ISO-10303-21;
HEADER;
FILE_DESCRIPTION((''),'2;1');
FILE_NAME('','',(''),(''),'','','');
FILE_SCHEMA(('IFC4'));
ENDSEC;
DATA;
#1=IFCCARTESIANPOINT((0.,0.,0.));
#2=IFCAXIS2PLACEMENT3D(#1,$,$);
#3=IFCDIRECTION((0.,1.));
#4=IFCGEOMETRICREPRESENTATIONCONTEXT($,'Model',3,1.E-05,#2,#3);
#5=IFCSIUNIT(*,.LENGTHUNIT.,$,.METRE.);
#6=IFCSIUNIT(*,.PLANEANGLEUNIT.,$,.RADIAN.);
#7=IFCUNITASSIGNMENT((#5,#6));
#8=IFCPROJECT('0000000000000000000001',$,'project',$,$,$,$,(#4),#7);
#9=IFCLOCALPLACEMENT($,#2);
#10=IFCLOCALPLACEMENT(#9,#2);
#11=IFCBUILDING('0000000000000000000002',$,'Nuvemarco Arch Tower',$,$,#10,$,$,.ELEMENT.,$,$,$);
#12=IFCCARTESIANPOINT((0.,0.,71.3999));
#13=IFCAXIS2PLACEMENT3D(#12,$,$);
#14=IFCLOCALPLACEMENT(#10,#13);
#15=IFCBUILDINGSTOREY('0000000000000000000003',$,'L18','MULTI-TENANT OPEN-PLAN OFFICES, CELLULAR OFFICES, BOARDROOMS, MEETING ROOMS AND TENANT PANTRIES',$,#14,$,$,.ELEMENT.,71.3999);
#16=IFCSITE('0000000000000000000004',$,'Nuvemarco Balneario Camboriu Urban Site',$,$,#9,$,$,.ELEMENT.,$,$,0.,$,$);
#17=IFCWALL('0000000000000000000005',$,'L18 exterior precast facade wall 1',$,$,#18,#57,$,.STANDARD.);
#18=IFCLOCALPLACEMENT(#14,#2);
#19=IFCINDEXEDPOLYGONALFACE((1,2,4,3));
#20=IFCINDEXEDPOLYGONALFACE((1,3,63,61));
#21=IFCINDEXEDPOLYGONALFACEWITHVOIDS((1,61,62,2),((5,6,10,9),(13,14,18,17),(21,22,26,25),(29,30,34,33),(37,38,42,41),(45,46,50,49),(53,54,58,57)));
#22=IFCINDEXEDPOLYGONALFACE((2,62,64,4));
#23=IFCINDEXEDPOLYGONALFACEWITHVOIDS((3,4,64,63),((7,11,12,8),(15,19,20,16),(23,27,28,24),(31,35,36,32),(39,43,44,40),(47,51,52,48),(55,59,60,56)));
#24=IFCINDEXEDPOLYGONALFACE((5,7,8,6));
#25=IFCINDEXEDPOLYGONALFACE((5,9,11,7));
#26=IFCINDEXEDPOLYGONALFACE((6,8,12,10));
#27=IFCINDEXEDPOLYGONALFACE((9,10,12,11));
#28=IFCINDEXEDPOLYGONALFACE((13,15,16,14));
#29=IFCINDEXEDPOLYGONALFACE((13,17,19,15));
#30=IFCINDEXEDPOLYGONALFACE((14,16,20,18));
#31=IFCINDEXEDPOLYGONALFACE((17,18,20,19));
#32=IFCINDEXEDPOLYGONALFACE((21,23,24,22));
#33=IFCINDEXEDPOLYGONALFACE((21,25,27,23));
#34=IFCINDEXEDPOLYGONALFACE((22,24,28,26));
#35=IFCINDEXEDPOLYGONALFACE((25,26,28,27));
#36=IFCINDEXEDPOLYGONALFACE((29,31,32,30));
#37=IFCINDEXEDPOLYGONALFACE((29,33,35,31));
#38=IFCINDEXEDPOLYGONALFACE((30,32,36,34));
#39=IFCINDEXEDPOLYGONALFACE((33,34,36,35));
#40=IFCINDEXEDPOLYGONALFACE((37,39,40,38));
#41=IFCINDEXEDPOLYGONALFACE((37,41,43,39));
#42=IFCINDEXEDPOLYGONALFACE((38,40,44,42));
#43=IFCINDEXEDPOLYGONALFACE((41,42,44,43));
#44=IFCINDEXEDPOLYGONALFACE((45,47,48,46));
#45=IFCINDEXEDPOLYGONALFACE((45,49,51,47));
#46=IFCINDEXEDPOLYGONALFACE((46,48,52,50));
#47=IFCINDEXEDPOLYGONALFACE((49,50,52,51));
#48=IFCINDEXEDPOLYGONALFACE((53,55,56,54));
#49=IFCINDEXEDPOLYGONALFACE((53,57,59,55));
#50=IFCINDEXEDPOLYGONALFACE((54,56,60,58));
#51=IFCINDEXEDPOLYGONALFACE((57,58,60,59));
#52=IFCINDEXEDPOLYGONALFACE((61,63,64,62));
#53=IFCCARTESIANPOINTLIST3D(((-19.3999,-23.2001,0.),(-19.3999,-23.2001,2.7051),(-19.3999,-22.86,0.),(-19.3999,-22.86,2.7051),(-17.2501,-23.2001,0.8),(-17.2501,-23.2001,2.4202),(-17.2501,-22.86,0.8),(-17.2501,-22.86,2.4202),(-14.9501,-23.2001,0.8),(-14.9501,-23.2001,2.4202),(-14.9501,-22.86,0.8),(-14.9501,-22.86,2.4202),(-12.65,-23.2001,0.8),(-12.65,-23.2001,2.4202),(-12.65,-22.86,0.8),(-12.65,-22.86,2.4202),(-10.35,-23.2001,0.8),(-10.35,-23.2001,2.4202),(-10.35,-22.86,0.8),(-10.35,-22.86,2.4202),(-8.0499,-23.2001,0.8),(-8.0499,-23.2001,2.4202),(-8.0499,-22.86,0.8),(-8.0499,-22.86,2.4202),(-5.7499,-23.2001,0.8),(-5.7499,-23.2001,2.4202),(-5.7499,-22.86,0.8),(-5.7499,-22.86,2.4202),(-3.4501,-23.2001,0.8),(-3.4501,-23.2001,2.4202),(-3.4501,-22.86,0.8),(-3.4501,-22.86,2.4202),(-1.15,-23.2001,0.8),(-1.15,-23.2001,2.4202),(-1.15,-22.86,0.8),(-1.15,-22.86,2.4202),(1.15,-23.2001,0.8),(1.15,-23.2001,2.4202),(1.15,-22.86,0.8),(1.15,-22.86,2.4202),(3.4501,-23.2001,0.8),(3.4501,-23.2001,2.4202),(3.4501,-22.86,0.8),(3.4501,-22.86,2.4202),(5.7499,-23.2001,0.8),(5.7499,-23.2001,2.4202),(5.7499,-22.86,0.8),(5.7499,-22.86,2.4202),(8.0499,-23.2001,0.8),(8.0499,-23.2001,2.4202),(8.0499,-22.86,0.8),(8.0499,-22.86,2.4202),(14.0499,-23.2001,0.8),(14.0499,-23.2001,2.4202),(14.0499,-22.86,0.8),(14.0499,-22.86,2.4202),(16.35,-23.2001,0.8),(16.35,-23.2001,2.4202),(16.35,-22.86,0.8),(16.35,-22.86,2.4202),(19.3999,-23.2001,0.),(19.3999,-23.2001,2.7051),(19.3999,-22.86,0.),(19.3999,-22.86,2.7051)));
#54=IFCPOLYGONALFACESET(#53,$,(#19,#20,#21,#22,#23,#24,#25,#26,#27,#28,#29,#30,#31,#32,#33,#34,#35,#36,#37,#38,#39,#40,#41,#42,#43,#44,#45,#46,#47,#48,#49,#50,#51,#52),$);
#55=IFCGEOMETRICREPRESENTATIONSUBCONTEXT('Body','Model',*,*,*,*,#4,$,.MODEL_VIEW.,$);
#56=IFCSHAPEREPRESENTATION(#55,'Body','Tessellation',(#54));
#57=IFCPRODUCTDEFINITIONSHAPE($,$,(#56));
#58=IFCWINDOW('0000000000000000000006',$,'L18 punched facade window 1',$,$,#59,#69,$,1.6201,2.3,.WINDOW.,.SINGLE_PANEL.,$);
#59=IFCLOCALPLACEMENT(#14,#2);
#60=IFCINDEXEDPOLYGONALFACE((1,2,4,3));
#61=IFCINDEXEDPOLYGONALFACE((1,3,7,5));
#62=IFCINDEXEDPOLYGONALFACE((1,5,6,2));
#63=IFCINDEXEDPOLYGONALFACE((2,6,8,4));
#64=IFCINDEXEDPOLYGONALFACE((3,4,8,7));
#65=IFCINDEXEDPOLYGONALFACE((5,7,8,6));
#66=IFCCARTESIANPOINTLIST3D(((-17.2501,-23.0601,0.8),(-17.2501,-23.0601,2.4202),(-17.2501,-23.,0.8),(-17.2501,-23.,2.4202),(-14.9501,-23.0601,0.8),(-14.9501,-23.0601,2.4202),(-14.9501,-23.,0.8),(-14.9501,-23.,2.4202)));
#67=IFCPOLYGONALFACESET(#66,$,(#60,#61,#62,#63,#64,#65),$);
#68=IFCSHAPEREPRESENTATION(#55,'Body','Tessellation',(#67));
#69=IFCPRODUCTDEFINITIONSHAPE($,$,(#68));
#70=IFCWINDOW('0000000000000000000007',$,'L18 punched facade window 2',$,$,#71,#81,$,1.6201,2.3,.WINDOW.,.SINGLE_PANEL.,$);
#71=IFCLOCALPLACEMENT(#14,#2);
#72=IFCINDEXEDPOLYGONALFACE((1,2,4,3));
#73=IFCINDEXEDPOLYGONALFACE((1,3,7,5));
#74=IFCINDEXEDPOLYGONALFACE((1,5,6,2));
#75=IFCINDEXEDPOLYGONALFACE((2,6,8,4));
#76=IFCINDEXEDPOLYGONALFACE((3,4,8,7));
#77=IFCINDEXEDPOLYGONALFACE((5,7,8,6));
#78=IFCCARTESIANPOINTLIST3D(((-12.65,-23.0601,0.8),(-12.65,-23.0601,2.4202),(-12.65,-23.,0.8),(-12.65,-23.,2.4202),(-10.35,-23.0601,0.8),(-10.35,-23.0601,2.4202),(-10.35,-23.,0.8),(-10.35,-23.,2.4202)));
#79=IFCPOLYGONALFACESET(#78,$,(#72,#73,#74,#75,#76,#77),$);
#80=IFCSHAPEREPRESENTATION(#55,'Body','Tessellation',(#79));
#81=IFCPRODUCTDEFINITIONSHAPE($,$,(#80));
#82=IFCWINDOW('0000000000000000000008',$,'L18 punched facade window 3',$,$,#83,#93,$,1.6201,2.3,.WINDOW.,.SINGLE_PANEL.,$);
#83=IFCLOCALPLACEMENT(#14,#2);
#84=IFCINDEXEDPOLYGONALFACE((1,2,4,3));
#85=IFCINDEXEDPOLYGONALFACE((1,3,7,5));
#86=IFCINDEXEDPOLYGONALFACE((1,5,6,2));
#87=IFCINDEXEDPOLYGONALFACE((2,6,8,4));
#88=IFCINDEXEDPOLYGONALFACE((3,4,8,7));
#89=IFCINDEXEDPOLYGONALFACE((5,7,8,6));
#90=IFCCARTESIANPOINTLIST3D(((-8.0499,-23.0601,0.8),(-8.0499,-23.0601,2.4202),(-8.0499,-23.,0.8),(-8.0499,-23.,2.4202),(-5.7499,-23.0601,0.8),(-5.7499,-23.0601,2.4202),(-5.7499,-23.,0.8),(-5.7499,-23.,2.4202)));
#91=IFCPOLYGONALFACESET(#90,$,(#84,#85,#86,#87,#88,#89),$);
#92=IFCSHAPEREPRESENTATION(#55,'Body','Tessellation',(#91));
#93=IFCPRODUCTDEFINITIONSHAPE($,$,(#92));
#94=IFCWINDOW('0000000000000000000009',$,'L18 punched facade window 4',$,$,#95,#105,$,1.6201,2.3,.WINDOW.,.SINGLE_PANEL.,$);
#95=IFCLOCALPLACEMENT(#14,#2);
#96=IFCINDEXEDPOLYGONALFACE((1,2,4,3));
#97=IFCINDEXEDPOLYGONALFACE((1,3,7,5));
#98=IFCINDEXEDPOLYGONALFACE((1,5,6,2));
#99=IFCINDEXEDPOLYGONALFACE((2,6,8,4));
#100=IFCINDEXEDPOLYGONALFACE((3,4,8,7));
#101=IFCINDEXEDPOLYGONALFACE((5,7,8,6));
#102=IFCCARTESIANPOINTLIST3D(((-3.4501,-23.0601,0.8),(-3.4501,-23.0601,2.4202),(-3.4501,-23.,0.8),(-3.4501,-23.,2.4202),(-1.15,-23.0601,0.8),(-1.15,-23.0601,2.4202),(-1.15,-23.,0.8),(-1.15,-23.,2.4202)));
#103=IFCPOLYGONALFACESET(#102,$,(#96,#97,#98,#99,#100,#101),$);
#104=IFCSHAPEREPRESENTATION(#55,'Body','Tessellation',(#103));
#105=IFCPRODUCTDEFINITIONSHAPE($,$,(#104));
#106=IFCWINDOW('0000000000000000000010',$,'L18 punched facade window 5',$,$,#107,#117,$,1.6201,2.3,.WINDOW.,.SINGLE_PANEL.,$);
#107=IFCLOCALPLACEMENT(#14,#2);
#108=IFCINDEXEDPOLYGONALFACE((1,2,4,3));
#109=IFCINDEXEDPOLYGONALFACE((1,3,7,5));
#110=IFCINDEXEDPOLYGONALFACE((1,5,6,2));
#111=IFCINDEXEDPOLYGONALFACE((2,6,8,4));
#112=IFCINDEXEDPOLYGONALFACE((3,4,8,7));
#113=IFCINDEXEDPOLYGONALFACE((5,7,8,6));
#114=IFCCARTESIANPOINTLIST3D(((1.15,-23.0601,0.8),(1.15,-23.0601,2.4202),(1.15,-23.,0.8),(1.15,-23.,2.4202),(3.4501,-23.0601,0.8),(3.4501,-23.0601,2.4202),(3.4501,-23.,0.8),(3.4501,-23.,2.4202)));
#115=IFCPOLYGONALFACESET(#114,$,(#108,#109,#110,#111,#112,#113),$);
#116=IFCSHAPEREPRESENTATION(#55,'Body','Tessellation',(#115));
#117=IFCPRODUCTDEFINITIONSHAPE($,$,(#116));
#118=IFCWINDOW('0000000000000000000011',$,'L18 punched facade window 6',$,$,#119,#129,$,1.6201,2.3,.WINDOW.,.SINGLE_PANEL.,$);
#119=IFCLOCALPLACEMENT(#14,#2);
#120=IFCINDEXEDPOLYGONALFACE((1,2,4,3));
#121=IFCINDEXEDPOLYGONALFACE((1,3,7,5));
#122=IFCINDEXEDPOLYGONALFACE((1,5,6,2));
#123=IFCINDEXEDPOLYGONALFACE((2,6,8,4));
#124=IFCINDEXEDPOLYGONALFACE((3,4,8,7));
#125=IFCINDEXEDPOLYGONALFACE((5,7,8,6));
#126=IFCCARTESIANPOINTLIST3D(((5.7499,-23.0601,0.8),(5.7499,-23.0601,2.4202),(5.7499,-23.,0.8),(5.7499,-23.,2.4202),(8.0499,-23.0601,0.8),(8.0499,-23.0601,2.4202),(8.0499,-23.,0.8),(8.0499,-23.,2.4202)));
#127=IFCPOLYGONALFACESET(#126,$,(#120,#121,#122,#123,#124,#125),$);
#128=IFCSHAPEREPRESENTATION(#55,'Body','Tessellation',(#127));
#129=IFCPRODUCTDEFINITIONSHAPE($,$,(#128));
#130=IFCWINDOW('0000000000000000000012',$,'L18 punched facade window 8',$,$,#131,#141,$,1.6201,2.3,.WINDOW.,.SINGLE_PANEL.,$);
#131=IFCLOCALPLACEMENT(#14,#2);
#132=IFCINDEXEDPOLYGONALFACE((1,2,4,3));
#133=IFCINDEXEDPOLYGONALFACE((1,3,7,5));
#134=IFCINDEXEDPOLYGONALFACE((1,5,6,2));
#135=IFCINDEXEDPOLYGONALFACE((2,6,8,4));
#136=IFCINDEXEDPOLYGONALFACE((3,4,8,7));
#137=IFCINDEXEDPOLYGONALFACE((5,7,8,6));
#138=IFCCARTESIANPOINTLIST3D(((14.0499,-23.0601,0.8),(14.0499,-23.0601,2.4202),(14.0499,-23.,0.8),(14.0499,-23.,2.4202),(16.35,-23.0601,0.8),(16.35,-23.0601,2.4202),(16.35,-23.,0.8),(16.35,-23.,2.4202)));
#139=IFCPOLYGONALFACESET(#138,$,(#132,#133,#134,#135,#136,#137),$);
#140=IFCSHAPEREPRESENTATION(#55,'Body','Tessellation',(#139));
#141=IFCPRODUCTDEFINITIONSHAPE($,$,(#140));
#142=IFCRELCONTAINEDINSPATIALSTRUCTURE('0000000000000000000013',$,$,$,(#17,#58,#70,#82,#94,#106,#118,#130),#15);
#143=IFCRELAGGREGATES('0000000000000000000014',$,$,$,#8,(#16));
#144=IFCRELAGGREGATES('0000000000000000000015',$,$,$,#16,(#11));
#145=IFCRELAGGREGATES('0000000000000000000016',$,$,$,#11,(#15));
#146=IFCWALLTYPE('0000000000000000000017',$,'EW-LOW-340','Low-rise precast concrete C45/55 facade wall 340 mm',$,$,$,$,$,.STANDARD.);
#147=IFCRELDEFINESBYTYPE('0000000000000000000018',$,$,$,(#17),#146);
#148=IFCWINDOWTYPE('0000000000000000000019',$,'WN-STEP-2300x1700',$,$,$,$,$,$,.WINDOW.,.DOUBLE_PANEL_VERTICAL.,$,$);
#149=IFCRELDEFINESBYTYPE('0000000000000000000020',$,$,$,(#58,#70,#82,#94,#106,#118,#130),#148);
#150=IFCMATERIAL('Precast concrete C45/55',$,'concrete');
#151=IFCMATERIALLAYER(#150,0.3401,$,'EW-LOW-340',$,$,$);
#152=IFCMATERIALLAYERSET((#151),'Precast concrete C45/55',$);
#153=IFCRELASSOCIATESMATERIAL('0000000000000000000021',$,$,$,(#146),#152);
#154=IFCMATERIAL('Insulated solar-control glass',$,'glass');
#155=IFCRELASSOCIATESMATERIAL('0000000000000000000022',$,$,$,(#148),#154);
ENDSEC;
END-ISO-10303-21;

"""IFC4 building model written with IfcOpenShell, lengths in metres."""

from ifc_helpers import new_model, si_unit, direction, frame, frame_2d, origin, place, context, subcontext, project, spatial, rectangle, extrude, source, transform, mapped, material, layer, layer_set, type_object, type_shapes, element, fill, save


model = new_model("IFC4")

# Units and contexts
model_context = context("Model", 3, precision=1e-05, world=origin(), true_north=direction((0.0, 1.0)))
body_context = subcontext(model_context, "Body", "Model", "MODEL_VIEW")
ifc_project = project(units=[si_unit("LENGTHUNIT", "METRE"), si_unit("PLANEANGLEUNIT", "RADIAN")], contexts=[model_context])

# Site, building, storey
site_placement = place(None, origin())
site = spatial("IfcSite", under=ifc_project, at=site_placement, Name="Nuvemarco Balneario Camboriu Urban Site", CompositionType="ELEMENT", RefElevation=0.0)
building_placement = place(site_placement, origin())
building = spatial("IfcBuilding", under=site, at=building_placement, Name="Nuvemarco Arch Tower", CompositionType="ELEMENT")
storey_placement = place(building_placement, frame((0.0, 0.0, 71.3999)))
storey = spatial("IfcBuildingStorey", under=building, at=storey_placement, Name="L18", Description="MULTI-TENANT OPEN-PLAN OFFICES, CELLULAR OFFICES, BOARDROOMS, MEETING ROOMS AND TENANT PANTRIES", CompositionType="ELEMENT", Elevation=71.3999)

# Shared definitions
ifc_material_1 = material(Name="Precast concrete C45/55", Category="concrete")

# Wall, openings, windows
ifc_layer = layer(ifc_material_1, 0.3401, Name="EW-LOW-340")
ifc_layer_set = layer_set([ifc_layer], Name="Precast concrete C45/55")
wall_type = type_object("IfcWallType", Name="EW-LOW-340", Description="Low-rise precast concrete C45/55 facade wall 340 mm", PredefinedType="STANDARD", material=ifc_layer_set)
wall_1_placement = place(storey_placement, frame((-19.3999, -23.03, 0.0), z_axis=(0.0, 0.0, 1.0), x_axis=(1.0, 0.0, 0.0)))
wall_1 = element("IfcWall", 1, at=wall_1_placement, inside=storey, type_object=wall_type, Name="L18 exterior precast facade wall 1", PredefinedType="STANDARD", context=body_context, shape_type="SweptSolid", body=[
    extrude(rectangle(XDim=38.7998, YDim=0.3401, at=frame_2d((19.3999, 0.0))), origin(), (0.0, 0.0, 1.0), 2.7051),
])
opening_1_placement = place(wall_1_placement, frame((2.1499, 0.0, 0.8)))
opening_1 = element("IfcOpeningElement", 2, at=opening_1_placement, cuts=wall_1, PredefinedType="OPENING", context=body_context, shape_type="SweptSolid", body=[
    extrude(rectangle(XDim=2.3, YDim=1.6201, at=frame_2d((1.1499, 0.8101))), frame((0.0, 0.1799, 0.0), z_axis=(0.0, -1.0, 0.0), x_axis=(1.0, 0.0, 0.0)), (0.0, 0.0, 1.0), 0.3601),
])
opening_2_placement = place(wall_1_placement, frame((6.75, 0.0, 0.8)))
opening_2 = element("IfcOpeningElement", 3, at=opening_2_placement, cuts=wall_1, PredefinedType="OPENING", context=body_context, shape_type="SweptSolid", body=[
    extrude(rectangle(XDim=2.3, YDim=1.6201, at=frame_2d((1.1499, 0.8101))), frame((0.0, 0.1799, 0.0), z_axis=(0.0, -1.0, 0.0), x_axis=(1.0, 0.0, 0.0)), (0.0, 0.0, 1.0), 0.3601),
])
opening_3_placement = place(wall_1_placement, frame((11.3501, 0.0, 0.8)))
opening_3 = element("IfcOpeningElement", 4, at=opening_3_placement, cuts=wall_1, PredefinedType="OPENING", context=body_context, shape_type="SweptSolid", body=[
    extrude(rectangle(XDim=2.3, YDim=1.6201, at=frame_2d((1.1499, 0.8101))), frame((0.0, 0.1799, 0.0), z_axis=(0.0, -1.0, 0.0), x_axis=(1.0, 0.0, 0.0)), (0.0, 0.0, 1.0), 0.3601),
])
opening_4_placement = place(wall_1_placement, frame((15.95, 0.0, 0.8)))
opening_4 = element("IfcOpeningElement", 5, at=opening_4_placement, cuts=wall_1, PredefinedType="OPENING", context=body_context, shape_type="SweptSolid", body=[
    extrude(rectangle(XDim=2.3, YDim=1.6201, at=frame_2d((1.1499, 0.8101))), frame((0.0, 0.1799, 0.0), z_axis=(0.0, -1.0, 0.0), x_axis=(1.0, 0.0, 0.0)), (0.0, 0.0, 1.0), 0.3601),
])
opening_5_placement = place(wall_1_placement, frame((20.55, 0.0, 0.8)))
opening_5 = element("IfcOpeningElement", 6, at=opening_5_placement, cuts=wall_1, PredefinedType="OPENING", context=body_context, shape_type="SweptSolid", body=[
    extrude(rectangle(XDim=2.3, YDim=1.6201, at=frame_2d((1.1499, 0.8101))), frame((0.0, 0.1799, 0.0), z_axis=(0.0, -1.0, 0.0), x_axis=(1.0, 0.0, 0.0)), (0.0, 0.0, 1.0), 0.3601),
])
opening_6_placement = place(wall_1_placement, frame((25.1499, 0.0, 0.8)))
opening_6 = element("IfcOpeningElement", 7, at=opening_6_placement, cuts=wall_1, PredefinedType="OPENING", context=body_context, shape_type="SweptSolid", body=[
    extrude(rectangle(XDim=2.3, YDim=1.6201, at=frame_2d((1.1499, 0.8101))), frame((0.0, 0.1799, 0.0), z_axis=(0.0, -1.0, 0.0), x_axis=(1.0, 0.0, 0.0)), (0.0, 0.0, 1.0), 0.3601),
])
opening_7_placement = place(wall_1_placement, frame((33.45, 0.0, 0.8)))
opening_7 = element("IfcOpeningElement", 8, at=opening_7_placement, cuts=wall_1, PredefinedType="OPENING", context=body_context, shape_type="SweptSolid", body=[
    extrude(rectangle(XDim=2.3, YDim=1.6201, at=frame_2d((1.1499, 0.8101))), frame((0.0, 0.1799, 0.0), z_axis=(0.0, -1.0, 0.0), x_axis=(1.0, 0.0, 0.0)), (0.0, 0.0, 1.0), 0.3601),
])
ifc_material_2 = material(Name="Insulated solar-control glass", Category="glass")
window_type_1 = type_object("IfcWindowType", Name="WN-STEP-2300x1700", PartitioningType="DOUBLE_PANEL_VERTICAL", PredefinedType="WINDOW", material=ifc_material_2)
shared_shape_1 = source(origin(), body_context, "Body", "SweptSolid", [
    extrude(rectangle(XDim=2.3, YDim=1.6201, at=frame_2d((1.1499, 0.8101))), frame((0.0, 0.03, 0.0), z_axis=(0.0, -1.0, 0.0), x_axis=(1.0, 0.0, 0.0)), (0.0, 0.0, 1.0), 0.0601),
])
type_shapes(window_type_1, [shared_shape_1])
window_1_placement = place(opening_1_placement, origin())
window_1 = element("IfcWindow", 9, at=window_1_placement, inside=storey, type_object=window_type_1, Name="L18 punched facade window 1", OverallHeight=1.6201, OverallWidth=2.3, PartitioningType="SINGLE_PANEL", PredefinedType="WINDOW", context=body_context, shape_type="MappedRepresentation", body=[
    mapped(shared_shape_1, transform((0.0, 0.0, 0.0), scale=1.0)),
])
fill(opening_1, window_1)
window_2_placement = place(opening_2_placement, origin())
window_2 = element("IfcWindow", 10, at=window_2_placement, inside=storey, type_object=window_type_1, Name="L18 punched facade window 2", OverallHeight=1.6201, OverallWidth=2.3, PartitioningType="SINGLE_PANEL", PredefinedType="WINDOW", context=body_context, shape_type="MappedRepresentation", body=[
    mapped(shared_shape_1, transform((0.0, 0.0, 0.0), scale=1.0)),
])
fill(opening_2, window_2)
window_3_placement = place(opening_3_placement, origin())
window_3 = element("IfcWindow", 11, at=window_3_placement, inside=storey, type_object=window_type_1, Name="L18 punched facade window 3", OverallHeight=1.6201, OverallWidth=2.3, PartitioningType="SINGLE_PANEL", PredefinedType="WINDOW", context=body_context, shape_type="MappedRepresentation", body=[
    mapped(shared_shape_1, transform((0.0, 0.0, 0.0), scale=1.0)),
])
fill(opening_3, window_3)
window_4_placement = place(opening_4_placement, origin())
window_4 = element("IfcWindow", 12, at=window_4_placement, inside=storey, type_object=window_type_1, Name="L18 punched facade window 4", OverallHeight=1.6201, OverallWidth=2.3, PartitioningType="SINGLE_PANEL", PredefinedType="WINDOW", context=body_context, shape_type="MappedRepresentation", body=[
    mapped(shared_shape_1, transform((0.0, 0.0, 0.0), scale=1.0)),
])
fill(opening_4, window_4)
window_5_placement = place(opening_5_placement, origin())
window_5 = element("IfcWindow", 13, at=window_5_placement, inside=storey, type_object=window_type_1, Name="L18 punched facade window 5", OverallHeight=1.6201, OverallWidth=2.3, PartitioningType="SINGLE_PANEL", PredefinedType="WINDOW", context=body_context, shape_type="MappedRepresentation", body=[
    mapped(shared_shape_1, transform((0.0, 0.0, 0.0), scale=1.0)),
])
fill(opening_5, window_5)
window_6_placement = place(opening_6_placement, origin())
window_6 = element("IfcWindow", 14, at=window_6_placement, inside=storey, type_object=window_type_1, Name="L18 punched facade window 6", OverallHeight=1.6201, OverallWidth=2.3, PartitioningType="SINGLE_PANEL", PredefinedType="WINDOW", context=body_context, shape_type="MappedRepresentation", body=[
    mapped(shared_shape_1, transform((0.0, 0.0, 0.0), scale=1.0)),
])
fill(opening_6, window_6)
window_7_placement = place(opening_7_placement, origin())
window_7 = element("IfcWindow", 15, at=window_7_placement, inside=storey, type_object=window_type_1, Name="L18 punched facade window 8", OverallHeight=1.6201, OverallWidth=2.3, PartitioningType="SINGLE_PANEL", PredefinedType="WINDOW", context=body_context, shape_type="MappedRepresentation", body=[
    mapped(shared_shape_1, transform((0.0, 0.0, 0.0), scale=1.0)),
])
fill(opening_7, window_7)

save(model, "model.ifc")
